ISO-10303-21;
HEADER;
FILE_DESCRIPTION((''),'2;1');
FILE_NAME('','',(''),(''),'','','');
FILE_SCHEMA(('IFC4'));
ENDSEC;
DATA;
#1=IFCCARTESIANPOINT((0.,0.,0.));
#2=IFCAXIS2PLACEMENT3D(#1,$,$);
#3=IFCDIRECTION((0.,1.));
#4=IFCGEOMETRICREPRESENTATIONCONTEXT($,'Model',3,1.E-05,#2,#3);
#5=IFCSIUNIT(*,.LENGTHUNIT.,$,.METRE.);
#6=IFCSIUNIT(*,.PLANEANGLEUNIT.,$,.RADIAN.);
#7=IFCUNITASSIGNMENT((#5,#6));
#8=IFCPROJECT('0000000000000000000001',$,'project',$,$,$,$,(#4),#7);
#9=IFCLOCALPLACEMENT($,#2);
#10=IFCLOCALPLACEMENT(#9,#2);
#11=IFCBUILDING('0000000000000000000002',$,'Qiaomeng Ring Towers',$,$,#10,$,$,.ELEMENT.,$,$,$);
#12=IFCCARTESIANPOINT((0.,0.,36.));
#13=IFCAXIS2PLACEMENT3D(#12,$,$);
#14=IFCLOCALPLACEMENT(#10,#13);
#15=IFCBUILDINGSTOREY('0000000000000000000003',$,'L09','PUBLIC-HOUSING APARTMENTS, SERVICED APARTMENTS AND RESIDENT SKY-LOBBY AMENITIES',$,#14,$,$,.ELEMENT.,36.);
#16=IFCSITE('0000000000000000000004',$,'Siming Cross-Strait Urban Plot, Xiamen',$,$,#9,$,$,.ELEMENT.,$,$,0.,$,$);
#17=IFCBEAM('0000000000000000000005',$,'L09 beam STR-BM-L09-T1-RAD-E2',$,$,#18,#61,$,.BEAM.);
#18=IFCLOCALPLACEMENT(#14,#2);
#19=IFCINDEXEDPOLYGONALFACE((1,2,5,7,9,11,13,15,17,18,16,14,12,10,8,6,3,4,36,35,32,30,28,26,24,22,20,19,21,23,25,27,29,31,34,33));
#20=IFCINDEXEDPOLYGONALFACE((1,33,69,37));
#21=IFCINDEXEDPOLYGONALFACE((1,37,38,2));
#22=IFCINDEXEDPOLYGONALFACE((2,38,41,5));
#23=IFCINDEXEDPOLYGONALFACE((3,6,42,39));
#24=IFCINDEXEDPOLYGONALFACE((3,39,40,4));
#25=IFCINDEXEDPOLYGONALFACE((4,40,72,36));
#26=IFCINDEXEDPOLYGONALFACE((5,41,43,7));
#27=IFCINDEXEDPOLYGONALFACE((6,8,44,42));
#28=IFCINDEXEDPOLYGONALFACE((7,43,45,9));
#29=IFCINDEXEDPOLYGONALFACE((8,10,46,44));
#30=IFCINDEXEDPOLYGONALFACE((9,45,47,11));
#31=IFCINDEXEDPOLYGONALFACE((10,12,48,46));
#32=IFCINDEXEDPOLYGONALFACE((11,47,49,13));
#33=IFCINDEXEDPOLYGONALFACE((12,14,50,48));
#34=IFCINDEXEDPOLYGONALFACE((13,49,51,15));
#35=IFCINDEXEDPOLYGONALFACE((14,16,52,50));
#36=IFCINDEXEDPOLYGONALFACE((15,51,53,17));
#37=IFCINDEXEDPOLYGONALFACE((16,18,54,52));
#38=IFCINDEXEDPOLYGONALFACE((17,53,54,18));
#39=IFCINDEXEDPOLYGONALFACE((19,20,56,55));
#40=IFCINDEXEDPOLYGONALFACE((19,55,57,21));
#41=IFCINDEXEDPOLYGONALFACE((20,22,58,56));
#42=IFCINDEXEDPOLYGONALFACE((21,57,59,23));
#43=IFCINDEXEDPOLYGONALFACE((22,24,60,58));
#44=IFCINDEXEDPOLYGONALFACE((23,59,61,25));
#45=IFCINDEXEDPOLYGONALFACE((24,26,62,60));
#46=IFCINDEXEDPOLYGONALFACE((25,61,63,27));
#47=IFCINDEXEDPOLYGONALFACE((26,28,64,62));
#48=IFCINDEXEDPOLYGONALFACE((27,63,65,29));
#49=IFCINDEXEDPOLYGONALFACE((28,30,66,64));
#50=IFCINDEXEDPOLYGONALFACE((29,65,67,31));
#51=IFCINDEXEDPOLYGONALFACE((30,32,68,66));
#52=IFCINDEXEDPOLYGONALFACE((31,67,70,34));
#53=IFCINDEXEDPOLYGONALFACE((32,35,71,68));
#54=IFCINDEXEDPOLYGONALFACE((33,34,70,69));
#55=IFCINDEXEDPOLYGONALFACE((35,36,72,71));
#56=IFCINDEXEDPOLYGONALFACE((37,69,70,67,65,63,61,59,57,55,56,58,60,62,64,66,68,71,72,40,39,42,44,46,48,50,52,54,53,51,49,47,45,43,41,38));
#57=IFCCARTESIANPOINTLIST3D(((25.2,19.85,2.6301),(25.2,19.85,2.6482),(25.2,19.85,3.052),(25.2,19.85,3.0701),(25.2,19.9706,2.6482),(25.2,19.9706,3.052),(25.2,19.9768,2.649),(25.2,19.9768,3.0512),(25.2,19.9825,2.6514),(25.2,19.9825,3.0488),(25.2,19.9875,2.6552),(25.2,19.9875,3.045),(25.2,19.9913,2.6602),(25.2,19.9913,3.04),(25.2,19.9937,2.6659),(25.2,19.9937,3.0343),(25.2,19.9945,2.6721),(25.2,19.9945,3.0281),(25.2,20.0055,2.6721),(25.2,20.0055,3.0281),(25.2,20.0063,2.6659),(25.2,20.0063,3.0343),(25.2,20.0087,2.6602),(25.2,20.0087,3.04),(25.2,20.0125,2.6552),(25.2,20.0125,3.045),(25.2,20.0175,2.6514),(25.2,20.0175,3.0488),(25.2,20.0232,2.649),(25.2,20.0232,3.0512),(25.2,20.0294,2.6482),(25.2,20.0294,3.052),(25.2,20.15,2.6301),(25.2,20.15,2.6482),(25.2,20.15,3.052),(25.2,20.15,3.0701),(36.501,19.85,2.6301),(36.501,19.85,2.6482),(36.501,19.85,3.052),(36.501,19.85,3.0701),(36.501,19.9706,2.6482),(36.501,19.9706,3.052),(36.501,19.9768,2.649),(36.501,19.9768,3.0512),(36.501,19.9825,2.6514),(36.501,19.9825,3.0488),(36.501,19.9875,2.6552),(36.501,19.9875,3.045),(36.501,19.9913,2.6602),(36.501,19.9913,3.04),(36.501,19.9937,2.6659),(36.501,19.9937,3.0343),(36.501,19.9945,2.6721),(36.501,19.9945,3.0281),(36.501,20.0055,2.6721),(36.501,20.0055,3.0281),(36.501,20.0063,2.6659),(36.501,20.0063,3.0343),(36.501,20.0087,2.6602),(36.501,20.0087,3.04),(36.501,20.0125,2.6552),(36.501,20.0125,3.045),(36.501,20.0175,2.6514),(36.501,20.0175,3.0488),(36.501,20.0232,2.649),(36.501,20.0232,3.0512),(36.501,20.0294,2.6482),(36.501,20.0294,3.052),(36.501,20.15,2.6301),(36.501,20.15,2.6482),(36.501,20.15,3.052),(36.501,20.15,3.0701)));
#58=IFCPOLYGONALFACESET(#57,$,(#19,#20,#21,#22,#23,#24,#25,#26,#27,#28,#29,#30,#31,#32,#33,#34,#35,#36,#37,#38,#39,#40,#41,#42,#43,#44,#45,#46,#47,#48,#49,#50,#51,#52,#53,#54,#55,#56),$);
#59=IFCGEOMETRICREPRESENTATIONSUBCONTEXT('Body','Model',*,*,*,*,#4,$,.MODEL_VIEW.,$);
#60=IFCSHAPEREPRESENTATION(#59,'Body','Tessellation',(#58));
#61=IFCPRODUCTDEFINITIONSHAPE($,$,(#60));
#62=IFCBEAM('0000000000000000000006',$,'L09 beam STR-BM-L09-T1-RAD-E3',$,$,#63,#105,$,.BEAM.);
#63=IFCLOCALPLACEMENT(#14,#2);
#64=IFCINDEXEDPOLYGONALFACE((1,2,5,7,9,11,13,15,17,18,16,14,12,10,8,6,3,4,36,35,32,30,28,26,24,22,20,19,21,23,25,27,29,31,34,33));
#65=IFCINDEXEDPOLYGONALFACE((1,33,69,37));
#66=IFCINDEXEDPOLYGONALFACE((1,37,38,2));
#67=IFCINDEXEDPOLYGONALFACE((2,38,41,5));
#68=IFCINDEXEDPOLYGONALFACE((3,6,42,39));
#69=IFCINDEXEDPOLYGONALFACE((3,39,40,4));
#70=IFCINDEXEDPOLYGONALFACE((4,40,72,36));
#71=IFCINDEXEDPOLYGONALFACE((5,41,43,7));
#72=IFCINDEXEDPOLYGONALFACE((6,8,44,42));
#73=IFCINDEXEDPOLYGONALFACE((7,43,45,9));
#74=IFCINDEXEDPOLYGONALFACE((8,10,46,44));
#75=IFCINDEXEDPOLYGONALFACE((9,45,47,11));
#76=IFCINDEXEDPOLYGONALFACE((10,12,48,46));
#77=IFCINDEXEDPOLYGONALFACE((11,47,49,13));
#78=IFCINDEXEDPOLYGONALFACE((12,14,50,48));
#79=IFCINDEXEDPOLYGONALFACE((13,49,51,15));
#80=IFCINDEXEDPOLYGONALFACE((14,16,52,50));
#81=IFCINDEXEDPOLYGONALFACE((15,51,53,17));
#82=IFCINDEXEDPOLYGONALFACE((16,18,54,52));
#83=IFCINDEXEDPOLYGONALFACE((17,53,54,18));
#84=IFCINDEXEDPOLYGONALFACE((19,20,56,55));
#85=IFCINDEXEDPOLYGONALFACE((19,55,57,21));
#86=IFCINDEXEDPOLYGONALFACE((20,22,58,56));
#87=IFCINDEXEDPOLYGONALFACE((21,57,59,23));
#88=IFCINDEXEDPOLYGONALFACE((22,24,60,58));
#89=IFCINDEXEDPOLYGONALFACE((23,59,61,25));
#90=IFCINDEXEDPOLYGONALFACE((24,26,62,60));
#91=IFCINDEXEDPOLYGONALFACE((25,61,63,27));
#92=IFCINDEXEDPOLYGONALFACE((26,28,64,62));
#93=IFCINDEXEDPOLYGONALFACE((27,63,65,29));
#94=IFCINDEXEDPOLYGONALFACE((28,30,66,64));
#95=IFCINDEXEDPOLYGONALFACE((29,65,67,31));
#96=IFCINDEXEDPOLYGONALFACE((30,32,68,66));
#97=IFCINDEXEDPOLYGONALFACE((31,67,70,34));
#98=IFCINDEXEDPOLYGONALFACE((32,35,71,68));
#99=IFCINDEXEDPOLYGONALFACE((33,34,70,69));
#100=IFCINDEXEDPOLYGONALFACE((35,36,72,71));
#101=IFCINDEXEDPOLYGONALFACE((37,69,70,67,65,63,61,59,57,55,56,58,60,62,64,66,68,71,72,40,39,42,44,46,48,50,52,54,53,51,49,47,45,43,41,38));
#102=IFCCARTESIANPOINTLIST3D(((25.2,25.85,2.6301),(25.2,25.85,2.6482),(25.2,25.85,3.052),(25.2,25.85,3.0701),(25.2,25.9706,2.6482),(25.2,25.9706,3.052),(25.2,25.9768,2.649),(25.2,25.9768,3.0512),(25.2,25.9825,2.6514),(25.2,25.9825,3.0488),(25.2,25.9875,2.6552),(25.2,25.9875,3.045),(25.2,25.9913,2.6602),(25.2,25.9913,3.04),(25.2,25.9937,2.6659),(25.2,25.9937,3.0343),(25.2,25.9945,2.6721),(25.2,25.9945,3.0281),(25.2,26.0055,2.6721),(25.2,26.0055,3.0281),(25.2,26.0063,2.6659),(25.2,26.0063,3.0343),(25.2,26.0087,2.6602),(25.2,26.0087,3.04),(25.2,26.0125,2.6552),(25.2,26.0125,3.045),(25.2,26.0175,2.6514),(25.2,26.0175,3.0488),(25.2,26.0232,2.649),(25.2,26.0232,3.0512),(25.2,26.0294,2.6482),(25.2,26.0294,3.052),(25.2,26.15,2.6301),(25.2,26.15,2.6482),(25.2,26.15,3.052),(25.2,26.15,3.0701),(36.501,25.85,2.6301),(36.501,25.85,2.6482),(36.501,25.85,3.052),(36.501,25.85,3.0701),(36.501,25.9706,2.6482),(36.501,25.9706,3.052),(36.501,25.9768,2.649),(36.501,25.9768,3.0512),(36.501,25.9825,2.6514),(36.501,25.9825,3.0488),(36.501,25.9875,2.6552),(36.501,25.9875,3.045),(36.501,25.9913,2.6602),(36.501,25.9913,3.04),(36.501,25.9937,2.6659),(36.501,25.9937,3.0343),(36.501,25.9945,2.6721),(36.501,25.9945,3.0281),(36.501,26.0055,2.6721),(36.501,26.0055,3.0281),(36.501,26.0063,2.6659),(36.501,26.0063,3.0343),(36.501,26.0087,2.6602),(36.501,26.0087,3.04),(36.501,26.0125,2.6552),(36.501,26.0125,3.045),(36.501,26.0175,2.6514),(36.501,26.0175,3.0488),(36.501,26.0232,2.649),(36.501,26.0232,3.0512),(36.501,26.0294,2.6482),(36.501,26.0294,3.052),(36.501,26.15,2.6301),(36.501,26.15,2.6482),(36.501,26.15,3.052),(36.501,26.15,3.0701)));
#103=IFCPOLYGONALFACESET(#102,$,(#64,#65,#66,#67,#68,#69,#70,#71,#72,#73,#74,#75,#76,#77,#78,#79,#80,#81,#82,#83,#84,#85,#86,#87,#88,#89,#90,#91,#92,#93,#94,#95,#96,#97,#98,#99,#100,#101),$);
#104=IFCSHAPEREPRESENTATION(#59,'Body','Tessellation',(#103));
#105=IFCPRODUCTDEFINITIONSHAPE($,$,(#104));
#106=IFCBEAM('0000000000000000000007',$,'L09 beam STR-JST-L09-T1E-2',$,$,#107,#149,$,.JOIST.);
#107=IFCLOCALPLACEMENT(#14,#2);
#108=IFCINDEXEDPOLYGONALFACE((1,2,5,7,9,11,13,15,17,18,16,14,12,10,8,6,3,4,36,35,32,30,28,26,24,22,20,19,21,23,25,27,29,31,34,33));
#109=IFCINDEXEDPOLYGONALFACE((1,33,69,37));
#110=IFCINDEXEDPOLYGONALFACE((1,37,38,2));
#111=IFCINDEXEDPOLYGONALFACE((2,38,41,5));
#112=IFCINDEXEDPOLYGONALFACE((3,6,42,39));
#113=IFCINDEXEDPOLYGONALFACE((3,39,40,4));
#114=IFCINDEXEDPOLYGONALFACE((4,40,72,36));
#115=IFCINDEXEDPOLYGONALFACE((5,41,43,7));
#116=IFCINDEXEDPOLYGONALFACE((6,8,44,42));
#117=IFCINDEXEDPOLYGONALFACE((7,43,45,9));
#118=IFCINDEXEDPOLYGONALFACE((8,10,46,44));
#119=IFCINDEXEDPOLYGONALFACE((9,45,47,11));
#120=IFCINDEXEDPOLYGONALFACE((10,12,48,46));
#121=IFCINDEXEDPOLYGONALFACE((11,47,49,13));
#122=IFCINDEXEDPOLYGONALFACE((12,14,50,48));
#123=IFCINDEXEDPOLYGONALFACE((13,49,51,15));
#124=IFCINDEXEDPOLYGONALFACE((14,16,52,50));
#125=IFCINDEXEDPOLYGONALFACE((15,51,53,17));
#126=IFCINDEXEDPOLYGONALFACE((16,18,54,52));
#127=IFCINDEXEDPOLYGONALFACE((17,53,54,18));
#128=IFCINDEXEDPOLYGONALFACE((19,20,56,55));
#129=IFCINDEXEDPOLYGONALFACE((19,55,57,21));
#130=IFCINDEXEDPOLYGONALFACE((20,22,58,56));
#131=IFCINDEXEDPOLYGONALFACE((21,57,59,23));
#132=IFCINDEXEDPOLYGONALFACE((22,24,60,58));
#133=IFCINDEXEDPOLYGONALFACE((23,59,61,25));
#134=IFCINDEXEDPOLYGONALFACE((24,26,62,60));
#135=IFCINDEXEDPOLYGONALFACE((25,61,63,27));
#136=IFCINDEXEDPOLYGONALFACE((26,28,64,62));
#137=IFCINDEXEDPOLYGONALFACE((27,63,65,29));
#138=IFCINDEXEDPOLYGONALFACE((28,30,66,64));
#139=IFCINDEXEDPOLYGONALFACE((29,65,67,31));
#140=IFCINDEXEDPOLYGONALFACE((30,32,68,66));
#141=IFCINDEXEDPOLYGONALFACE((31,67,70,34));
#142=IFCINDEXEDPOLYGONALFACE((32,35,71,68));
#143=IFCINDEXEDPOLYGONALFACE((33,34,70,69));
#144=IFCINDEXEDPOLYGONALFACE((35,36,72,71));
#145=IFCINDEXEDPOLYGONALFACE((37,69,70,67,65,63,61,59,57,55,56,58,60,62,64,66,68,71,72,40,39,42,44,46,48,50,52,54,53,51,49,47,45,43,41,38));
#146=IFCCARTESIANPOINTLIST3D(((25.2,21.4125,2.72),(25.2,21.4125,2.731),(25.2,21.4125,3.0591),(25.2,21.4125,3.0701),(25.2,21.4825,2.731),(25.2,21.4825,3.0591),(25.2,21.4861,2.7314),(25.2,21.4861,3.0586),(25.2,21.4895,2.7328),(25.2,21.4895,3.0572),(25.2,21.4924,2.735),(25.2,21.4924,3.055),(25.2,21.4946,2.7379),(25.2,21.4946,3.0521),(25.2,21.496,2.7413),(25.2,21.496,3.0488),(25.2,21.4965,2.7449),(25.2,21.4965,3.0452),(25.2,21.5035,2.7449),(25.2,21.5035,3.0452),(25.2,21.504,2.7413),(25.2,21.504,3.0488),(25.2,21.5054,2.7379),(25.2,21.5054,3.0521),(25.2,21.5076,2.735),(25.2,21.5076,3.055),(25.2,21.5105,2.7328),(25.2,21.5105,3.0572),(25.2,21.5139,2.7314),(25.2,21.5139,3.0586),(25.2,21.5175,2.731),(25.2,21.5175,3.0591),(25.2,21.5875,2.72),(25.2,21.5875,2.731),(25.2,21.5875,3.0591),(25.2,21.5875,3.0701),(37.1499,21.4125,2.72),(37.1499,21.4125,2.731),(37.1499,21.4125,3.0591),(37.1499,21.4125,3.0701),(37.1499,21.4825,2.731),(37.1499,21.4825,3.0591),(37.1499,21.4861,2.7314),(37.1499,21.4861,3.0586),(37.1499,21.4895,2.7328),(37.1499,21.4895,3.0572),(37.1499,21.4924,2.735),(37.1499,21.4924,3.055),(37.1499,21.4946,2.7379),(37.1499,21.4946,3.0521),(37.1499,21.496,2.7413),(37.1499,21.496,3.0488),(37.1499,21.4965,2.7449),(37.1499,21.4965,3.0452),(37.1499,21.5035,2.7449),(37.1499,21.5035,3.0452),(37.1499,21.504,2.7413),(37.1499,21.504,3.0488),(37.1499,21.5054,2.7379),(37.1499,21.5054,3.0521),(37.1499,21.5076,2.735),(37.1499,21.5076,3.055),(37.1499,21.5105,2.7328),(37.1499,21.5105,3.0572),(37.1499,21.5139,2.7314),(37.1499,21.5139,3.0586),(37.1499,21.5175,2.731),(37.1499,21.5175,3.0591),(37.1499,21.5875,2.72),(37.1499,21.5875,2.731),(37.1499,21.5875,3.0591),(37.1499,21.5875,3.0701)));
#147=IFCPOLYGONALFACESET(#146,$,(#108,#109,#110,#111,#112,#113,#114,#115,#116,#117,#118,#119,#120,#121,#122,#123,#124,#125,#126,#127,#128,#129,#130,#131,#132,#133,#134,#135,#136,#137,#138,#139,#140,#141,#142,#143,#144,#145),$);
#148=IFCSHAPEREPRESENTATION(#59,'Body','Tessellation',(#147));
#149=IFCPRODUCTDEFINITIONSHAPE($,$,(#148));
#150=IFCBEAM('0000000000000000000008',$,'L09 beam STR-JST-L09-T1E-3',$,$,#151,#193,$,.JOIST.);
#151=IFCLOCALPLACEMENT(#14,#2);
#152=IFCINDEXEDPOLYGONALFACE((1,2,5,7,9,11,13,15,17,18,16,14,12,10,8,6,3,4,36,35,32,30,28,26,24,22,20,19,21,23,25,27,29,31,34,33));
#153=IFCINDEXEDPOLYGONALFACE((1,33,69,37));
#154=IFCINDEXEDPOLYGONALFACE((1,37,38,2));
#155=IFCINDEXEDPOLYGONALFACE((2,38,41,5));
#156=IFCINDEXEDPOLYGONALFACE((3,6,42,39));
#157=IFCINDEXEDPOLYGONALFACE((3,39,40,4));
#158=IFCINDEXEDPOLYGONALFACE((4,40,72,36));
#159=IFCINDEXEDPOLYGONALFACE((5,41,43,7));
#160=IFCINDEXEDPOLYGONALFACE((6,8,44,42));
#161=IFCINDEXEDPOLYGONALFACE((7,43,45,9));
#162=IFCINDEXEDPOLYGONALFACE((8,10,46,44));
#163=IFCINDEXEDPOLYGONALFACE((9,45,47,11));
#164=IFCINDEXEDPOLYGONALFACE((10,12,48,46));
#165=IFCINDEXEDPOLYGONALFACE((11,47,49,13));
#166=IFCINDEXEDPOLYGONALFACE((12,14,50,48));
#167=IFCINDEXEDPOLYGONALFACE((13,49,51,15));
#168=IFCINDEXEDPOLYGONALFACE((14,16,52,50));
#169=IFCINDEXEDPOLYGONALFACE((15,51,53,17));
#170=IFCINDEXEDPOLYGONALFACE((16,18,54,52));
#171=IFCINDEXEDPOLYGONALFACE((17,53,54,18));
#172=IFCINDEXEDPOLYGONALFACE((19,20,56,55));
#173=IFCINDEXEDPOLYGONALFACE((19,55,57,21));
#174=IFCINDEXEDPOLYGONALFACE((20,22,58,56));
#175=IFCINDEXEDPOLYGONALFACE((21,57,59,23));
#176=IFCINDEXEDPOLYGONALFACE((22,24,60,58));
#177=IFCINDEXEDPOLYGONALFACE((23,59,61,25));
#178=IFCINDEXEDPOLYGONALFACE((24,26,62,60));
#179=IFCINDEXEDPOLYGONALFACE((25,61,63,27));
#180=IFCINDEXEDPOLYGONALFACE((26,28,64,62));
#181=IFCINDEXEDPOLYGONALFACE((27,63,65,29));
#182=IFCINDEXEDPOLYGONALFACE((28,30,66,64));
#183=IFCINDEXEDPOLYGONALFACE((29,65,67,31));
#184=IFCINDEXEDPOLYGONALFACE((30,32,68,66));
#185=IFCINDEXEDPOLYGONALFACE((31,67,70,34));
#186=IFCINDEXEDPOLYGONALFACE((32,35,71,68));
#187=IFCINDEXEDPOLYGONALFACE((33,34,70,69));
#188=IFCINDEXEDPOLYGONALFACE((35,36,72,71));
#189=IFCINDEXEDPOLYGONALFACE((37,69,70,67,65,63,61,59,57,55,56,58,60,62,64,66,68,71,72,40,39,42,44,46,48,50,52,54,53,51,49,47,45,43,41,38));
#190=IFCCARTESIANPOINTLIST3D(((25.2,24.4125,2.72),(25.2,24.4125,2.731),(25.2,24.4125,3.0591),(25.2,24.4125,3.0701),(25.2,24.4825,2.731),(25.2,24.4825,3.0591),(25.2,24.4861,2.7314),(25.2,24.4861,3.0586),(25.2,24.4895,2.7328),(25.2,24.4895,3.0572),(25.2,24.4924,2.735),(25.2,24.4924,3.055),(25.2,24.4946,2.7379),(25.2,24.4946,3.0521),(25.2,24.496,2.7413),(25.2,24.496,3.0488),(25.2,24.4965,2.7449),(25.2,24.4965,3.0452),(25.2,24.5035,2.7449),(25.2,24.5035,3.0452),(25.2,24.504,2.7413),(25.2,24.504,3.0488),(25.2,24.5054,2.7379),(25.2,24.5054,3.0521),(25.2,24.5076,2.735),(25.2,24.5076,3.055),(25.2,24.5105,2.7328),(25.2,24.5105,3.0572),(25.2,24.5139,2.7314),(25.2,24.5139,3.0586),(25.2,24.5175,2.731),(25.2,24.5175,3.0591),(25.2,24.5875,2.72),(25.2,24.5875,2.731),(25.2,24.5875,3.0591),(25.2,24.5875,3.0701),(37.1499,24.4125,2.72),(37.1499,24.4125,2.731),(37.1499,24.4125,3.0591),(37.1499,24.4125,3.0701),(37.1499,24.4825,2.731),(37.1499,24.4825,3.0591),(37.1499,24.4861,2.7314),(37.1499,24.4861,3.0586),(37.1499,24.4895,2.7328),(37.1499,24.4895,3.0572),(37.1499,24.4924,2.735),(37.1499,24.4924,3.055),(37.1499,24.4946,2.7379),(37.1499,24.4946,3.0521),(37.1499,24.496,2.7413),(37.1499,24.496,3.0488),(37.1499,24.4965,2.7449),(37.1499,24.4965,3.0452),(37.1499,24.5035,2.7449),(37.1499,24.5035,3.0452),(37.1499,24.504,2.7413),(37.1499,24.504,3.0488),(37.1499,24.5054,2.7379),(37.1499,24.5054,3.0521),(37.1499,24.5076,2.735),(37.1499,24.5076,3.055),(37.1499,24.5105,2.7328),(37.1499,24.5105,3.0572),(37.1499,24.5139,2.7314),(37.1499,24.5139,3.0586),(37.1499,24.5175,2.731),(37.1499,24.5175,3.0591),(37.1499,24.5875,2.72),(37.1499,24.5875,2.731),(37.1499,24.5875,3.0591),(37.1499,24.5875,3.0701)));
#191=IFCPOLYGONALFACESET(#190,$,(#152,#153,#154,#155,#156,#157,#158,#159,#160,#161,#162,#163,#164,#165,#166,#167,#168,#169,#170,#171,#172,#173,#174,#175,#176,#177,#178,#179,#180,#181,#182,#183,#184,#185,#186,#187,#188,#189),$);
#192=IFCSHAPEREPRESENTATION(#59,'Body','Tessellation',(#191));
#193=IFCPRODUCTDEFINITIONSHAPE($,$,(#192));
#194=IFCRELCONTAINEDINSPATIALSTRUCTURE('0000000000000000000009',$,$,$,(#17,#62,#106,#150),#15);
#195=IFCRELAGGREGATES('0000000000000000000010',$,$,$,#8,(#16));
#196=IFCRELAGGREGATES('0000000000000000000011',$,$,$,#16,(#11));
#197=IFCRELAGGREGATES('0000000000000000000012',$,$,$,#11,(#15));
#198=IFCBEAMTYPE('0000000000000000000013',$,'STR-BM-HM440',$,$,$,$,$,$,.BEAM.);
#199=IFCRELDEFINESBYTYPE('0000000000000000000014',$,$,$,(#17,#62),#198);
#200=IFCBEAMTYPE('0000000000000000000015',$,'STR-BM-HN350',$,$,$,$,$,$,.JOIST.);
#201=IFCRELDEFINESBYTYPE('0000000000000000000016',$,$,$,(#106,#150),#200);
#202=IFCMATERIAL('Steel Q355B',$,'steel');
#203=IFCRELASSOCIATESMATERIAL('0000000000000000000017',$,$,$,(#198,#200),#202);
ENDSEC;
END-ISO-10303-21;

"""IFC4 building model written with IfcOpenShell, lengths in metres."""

from ifc_helpers import new_model, si_unit, direction, frame, origin, origin_2d, place, context, subcontext, project, spatial, i_section, extrude, source, transform, mapped, material, material_profile, profile_set, type_object, element, save


model = new_model("IFC4")

# Units and contexts
model_context = context("Model", 3, precision=1e-05, world=origin(), true_north=direction((0.0, 1.0)))
body_context = subcontext(model_context, "Body", "Model", "MODEL_VIEW")
ifc_project = project(units=[si_unit("LENGTHUNIT", "METRE"), si_unit("PLANEANGLEUNIT", "RADIAN")], contexts=[model_context])

# Site, building, storey
site_placement = place(None, origin())
site = spatial("IfcSite", under=ifc_project, at=site_placement, Name="Siming Cross-Strait Urban Plot, Xiamen", CompositionType="ELEMENT", RefElevation=0.0)
building_placement = place(site_placement, origin())
building = spatial("IfcBuilding", under=site, at=building_placement, Name="Qiaomeng Ring Towers", CompositionType="ELEMENT")
storey_placement = place(building_placement, frame((0.0, 0.0, 36.0)))
storey = spatial("IfcBuildingStorey", under=building, at=storey_placement, Name="L09", Description="PUBLIC-HOUSING APARTMENTS, SERVICED APARTMENTS AND RESIDENT SKY-LOBBY AMENITIES", CompositionType="ELEMENT", Elevation=36.0)

# Beams
ifc_material_1 = material(Name="Steel Q355B", Category="steel")
ifc_material_profile_1 = material_profile(ifc_material_1, i_section(OverallWidth=0.3, OverallDepth=0.4399, WebThickness=0.011, FlangeThickness=0.0181, FilletRadius=0.0239, at=origin_2d()), Name="HM 440x300x11x18")
ifc_profile_set_1 = profile_set([ifc_material_profile_1], Name="Steel Q355B")
beam_type_1 = type_object("IfcBeamType", Name="STR-BM-HM440", PredefinedType="BEAM", material=ifc_profile_set_1)
shared_shape_1 = source(origin(), body_context, "Body", "SweptSolid", [
    extrude(i_section(OverallWidth=0.3, OverallDepth=0.4399, WebThickness=0.011, FlangeThickness=0.0181, FilletRadius=0.0239, at=origin_2d()), origin(), (0.0, 0.0, 1.0), 11.301),
])
for number, where, z_axis, x_axis, name in (
    (1, (25.2, 20.0, 2.8501), (1.0, 0.0, 0.0), (0.0, 1.0, 0.0), "L09 beam STR-BM-L09-T1-RAD-E2"),
    (2, (25.2, 26.0, 2.8501), (1.0, 0.0, 0.0), (0.0, 1.0, 0.0), "L09 beam STR-BM-L09-T1-RAD-E3"),
):
    element("IfcBeam", number, at=place(storey_placement, frame(where, z_axis=z_axis, x_axis=x_axis)), inside=storey, type_object=beam_type_1, Name=name, PredefinedType="BEAM", context=body_context, shape_type="MappedRepresentation", body=[
        mapped(shared_shape_1, transform((0.0, 0.0, 0.0), x_axis=(1.0, 0.0, 0.0), y_axis=(0.0, 1.0, 0.0), z_axis=(0.0, 0.0, 1.0), scale=1.0)),
    ])
ifc_material_profile_2 = material_profile(ifc_material_1, i_section(OverallWidth=0.175, OverallDepth=0.3501, WebThickness=0.0071, FlangeThickness=0.011, FilletRadius=0.0139, at=origin_2d()), Name="HN 350x175x7x11")
ifc_profile_set_2 = profile_set([ifc_material_profile_2], Name="Steel Q355B")
beam_type_2 = type_object("IfcBeamType", Name="STR-BM-HN350", PredefinedType="JOIST", material=ifc_profile_set_2)
shared_shape_2 = source(origin(), body_context, "Body", "SweptSolid", [
    extrude(i_section(OverallWidth=0.175, OverallDepth=0.3501, WebThickness=0.0071, FlangeThickness=0.011, FilletRadius=0.0139, at=origin_2d()), origin(), (0.0, 0.0, 1.0), 11.95),
])
for number, where, z_axis, x_axis, name in (
    (3, (25.2, 21.5, 2.895), (1.0, 0.0, 0.0), (0.0, 1.0, 0.0), "L09 beam STR-JST-L09-T1E-2"),
    (4, (25.2, 24.5, 2.895), (1.0, 0.0, 0.0), (0.0, 1.0, 0.0), "L09 beam STR-JST-L09-T1E-3"),
):
    element("IfcBeam", number, at=place(storey_placement, frame(where, z_axis=z_axis, x_axis=x_axis)), inside=storey, type_object=beam_type_2, Name=name, PredefinedType="JOIST", context=body_context, shape_type="MappedRepresentation", body=[
        mapped(shared_shape_2, transform((0.0, 0.0, 0.0), x_axis=(1.0, 0.0, 0.0), y_axis=(0.0, 1.0, 0.0), z_axis=(0.0, 0.0, 1.0), scale=1.0)),
    ])

save(model, "model.ifc")
